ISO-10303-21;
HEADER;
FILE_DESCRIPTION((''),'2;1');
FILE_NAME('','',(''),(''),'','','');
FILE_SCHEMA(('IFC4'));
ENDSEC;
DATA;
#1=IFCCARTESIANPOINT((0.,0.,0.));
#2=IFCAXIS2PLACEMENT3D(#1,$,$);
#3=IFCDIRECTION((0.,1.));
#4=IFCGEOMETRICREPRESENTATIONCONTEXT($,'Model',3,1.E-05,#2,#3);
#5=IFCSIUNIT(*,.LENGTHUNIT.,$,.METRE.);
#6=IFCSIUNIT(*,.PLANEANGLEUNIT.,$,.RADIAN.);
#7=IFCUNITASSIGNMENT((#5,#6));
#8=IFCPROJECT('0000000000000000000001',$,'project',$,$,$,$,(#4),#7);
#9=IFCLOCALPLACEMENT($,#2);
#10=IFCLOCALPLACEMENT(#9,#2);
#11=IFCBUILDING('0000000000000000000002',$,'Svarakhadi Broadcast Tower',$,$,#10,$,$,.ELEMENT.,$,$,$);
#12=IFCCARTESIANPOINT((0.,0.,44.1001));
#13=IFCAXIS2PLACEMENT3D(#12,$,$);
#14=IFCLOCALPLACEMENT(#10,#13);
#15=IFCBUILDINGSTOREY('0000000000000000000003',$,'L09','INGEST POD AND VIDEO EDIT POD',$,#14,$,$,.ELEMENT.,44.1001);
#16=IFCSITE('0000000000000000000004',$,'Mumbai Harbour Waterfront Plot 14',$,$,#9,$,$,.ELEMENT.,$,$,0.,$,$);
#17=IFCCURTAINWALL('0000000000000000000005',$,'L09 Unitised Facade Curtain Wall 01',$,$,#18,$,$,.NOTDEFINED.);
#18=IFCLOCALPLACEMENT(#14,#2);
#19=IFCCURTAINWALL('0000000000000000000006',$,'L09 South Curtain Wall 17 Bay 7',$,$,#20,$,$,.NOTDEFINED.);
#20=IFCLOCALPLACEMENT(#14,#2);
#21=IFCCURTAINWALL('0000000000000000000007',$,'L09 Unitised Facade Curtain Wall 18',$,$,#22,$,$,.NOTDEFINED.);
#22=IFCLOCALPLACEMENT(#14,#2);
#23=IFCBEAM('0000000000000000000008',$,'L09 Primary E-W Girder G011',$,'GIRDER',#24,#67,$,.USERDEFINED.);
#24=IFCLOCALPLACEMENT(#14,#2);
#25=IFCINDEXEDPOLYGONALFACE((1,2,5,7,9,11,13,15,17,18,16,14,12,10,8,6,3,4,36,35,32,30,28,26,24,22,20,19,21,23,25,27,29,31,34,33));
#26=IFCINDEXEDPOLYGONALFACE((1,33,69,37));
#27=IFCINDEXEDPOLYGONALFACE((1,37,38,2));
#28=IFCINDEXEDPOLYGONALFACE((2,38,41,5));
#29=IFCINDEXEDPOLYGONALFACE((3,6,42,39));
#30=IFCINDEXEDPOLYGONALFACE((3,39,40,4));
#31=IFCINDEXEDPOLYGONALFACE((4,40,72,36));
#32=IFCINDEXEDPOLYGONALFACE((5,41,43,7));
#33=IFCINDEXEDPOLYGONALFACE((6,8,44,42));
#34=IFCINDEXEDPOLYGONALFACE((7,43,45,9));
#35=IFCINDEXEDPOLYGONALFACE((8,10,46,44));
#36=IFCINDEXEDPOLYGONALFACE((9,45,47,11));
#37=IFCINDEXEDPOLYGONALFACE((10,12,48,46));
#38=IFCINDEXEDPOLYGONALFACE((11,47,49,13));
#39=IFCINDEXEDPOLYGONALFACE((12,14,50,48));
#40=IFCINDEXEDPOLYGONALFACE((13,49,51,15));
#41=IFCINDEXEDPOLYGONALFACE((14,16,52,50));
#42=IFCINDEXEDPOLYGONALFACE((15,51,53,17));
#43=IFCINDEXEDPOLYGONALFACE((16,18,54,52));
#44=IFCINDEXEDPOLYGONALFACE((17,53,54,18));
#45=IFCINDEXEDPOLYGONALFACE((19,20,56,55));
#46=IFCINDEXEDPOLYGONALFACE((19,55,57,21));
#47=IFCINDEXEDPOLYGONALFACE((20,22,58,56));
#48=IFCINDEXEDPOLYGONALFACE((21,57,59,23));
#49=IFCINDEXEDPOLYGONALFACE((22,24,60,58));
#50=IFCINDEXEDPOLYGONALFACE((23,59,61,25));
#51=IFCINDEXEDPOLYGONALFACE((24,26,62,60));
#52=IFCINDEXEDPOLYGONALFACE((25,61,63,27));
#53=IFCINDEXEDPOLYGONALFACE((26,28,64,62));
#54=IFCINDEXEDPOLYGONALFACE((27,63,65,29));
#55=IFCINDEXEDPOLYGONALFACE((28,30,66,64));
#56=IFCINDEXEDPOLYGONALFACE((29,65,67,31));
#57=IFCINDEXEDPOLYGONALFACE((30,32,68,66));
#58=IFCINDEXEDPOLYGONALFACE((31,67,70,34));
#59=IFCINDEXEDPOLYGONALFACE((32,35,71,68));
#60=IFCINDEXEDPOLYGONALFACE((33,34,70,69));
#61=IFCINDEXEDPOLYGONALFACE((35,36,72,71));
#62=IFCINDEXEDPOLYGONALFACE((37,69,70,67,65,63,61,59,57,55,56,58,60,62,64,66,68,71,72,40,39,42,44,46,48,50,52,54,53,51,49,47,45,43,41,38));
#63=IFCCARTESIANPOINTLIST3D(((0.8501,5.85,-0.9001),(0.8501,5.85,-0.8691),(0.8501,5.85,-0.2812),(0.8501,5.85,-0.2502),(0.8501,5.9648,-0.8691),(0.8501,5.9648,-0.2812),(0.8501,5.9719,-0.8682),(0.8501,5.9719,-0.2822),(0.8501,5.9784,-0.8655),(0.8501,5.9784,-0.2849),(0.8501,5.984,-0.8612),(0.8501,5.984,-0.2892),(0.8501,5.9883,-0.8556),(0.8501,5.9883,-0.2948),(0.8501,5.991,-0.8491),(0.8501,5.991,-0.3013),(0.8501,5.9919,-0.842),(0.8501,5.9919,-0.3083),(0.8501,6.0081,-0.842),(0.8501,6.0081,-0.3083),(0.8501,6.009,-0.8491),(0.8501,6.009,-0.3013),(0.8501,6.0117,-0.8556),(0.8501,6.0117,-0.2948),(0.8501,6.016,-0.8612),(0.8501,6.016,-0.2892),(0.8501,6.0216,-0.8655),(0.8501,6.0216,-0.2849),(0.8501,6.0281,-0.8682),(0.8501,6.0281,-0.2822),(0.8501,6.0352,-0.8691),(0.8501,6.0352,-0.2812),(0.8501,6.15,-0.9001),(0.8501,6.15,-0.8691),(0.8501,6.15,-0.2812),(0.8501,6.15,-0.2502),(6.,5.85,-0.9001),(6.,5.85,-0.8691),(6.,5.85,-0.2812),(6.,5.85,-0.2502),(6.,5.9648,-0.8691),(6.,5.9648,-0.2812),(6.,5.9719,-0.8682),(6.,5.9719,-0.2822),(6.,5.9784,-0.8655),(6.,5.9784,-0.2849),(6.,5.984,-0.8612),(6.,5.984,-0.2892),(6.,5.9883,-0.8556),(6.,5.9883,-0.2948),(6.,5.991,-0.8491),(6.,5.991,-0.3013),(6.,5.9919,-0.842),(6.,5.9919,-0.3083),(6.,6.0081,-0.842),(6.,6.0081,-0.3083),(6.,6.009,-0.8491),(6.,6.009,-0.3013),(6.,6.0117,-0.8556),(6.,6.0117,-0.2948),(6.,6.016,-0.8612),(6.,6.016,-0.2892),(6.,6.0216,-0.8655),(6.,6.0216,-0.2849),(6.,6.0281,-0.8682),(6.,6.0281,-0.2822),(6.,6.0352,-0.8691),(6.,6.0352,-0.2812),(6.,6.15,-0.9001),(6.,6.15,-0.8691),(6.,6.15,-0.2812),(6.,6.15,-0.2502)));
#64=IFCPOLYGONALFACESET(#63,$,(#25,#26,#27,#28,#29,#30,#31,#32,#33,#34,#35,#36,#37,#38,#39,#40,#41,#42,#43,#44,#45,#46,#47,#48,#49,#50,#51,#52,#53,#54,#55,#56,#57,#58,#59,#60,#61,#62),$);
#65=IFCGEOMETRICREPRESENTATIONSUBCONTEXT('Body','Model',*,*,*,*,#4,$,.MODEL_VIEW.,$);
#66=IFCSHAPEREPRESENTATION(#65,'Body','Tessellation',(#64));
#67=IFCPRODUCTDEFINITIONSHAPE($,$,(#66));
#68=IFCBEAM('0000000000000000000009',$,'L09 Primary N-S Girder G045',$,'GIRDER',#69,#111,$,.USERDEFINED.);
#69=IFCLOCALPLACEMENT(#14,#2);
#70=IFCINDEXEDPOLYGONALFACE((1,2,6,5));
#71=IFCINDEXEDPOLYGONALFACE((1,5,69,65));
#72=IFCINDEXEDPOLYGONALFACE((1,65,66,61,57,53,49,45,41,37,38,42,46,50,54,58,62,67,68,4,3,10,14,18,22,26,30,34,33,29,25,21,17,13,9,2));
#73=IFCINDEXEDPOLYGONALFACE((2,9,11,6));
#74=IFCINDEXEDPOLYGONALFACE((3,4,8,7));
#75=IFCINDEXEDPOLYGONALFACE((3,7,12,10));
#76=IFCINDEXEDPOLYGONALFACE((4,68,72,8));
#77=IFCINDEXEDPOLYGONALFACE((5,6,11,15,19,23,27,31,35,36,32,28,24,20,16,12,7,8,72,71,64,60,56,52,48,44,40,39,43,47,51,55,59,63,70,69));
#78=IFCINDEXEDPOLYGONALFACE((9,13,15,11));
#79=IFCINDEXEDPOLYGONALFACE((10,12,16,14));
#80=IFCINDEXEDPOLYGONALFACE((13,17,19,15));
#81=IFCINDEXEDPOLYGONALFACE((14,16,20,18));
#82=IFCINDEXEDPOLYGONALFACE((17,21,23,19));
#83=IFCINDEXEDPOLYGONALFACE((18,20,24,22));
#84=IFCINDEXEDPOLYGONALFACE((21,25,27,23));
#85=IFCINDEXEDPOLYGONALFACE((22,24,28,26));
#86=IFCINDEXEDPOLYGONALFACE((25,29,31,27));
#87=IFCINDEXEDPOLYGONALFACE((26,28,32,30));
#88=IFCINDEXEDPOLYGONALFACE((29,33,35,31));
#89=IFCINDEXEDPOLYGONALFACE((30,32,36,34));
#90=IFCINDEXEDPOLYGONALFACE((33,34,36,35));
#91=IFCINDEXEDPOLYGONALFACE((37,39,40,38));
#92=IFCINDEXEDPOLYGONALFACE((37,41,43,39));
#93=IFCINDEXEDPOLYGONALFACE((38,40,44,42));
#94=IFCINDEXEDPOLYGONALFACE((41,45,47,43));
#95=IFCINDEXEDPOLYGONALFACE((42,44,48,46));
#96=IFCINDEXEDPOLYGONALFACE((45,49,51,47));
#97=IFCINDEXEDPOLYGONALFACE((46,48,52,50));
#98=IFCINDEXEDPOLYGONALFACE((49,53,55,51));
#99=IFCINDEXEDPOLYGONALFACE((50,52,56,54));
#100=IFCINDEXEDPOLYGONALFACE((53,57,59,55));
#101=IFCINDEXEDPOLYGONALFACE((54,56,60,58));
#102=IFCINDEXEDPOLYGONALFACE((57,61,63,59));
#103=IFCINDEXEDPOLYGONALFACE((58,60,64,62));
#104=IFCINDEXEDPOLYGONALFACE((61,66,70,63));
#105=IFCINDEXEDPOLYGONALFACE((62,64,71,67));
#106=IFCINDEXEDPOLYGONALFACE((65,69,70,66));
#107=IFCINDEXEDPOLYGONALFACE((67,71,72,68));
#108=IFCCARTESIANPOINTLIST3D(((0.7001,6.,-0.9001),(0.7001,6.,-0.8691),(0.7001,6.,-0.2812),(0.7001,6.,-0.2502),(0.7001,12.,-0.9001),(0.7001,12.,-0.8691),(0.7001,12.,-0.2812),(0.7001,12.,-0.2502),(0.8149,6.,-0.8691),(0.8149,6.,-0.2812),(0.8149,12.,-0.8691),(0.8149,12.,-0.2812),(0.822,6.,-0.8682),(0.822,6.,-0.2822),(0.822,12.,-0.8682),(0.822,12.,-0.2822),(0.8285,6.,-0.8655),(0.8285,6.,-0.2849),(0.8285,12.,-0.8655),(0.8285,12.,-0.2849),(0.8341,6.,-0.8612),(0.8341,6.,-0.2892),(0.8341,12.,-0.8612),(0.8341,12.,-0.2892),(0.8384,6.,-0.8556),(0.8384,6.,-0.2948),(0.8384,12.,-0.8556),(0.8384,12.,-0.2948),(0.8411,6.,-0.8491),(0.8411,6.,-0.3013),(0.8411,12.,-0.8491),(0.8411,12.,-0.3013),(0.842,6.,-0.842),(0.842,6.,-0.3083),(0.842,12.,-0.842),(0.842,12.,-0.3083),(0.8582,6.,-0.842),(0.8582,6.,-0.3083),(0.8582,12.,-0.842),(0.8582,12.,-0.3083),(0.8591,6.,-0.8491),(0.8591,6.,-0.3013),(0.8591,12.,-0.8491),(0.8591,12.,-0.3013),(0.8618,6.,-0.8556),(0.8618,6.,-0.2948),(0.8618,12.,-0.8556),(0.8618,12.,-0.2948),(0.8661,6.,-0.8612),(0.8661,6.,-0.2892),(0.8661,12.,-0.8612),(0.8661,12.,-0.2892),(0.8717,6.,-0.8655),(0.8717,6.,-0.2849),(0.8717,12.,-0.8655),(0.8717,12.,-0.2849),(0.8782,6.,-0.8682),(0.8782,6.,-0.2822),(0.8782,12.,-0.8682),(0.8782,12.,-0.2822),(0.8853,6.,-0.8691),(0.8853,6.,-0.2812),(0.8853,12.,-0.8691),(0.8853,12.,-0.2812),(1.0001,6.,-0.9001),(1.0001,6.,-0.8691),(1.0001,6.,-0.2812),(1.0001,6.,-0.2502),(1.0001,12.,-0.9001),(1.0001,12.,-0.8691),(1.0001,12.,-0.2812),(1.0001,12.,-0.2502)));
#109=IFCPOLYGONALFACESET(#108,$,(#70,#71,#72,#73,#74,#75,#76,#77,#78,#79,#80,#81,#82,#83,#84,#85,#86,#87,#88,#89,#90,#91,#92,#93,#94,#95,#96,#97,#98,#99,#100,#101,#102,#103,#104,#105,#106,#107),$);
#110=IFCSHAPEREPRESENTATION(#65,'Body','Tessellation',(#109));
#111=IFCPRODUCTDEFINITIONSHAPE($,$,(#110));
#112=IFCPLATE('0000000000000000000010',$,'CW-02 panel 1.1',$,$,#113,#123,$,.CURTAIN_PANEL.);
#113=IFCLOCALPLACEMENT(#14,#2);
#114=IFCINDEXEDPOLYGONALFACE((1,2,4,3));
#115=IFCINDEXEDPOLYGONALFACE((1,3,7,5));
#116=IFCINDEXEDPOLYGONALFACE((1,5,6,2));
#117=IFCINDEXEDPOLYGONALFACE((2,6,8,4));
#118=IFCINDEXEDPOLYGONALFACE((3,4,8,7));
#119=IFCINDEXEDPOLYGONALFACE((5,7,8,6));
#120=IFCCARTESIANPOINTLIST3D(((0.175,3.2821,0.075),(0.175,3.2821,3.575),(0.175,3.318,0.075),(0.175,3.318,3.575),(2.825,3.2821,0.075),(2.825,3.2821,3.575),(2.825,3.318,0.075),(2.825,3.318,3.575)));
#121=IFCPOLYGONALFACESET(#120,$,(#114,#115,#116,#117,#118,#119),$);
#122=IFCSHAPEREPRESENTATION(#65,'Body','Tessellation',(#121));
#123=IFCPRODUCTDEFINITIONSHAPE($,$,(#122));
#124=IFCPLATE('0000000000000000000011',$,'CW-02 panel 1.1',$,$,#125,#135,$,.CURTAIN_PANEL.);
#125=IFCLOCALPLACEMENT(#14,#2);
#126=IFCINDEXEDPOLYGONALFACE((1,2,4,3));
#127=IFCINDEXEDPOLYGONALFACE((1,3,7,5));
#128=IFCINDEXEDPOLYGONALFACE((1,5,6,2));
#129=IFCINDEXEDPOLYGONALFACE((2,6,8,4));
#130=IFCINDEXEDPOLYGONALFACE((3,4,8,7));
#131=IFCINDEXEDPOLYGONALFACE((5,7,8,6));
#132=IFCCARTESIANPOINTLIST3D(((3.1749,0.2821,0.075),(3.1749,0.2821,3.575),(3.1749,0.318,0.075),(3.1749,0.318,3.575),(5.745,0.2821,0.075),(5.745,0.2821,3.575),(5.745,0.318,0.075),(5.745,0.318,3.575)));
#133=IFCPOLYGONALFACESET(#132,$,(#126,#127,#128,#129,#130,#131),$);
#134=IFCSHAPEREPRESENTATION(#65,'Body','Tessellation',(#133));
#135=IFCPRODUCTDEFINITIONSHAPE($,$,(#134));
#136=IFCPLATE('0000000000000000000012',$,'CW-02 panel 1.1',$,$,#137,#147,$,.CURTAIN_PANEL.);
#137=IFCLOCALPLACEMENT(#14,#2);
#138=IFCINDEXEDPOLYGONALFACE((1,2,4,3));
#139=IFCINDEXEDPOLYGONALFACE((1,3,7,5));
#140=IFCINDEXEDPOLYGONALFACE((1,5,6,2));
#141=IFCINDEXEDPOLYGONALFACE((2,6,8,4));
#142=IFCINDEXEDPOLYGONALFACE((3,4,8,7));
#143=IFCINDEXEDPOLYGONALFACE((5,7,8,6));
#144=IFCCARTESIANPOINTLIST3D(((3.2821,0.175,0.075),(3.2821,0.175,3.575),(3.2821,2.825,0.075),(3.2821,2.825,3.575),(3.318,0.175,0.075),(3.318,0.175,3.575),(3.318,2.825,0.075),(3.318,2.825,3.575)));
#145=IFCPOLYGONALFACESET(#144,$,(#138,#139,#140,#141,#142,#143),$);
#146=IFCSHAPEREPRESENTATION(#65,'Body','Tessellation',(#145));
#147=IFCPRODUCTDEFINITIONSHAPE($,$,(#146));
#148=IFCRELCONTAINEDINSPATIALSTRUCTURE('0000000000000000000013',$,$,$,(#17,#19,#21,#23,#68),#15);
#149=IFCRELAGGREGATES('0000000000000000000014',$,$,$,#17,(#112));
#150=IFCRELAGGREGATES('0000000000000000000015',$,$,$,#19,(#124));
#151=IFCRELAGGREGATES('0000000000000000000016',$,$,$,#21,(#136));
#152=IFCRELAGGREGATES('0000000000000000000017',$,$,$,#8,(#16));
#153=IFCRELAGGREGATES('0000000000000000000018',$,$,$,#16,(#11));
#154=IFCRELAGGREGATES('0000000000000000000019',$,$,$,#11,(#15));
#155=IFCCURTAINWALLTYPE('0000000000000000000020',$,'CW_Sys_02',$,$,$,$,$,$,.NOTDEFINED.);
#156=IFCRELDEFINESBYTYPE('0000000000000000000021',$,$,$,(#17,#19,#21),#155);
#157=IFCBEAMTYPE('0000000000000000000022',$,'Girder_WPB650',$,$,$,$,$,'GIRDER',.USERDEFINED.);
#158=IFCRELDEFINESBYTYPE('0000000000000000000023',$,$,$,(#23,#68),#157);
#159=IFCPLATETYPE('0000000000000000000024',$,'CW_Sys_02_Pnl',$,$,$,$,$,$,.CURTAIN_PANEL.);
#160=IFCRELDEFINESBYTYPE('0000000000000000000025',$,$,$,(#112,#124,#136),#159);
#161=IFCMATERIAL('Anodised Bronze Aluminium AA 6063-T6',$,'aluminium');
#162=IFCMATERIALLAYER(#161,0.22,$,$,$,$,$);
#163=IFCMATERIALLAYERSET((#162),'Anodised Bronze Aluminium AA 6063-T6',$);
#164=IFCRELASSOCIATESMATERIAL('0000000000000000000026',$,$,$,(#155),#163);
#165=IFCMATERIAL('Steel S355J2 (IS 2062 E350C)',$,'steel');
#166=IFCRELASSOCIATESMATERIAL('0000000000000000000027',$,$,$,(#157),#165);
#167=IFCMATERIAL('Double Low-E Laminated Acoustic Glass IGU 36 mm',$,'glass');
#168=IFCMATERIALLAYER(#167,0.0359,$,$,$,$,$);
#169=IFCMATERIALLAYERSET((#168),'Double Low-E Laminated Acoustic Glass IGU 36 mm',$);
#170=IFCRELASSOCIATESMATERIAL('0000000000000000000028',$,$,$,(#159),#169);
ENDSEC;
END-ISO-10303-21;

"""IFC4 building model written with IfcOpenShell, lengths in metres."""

from ifc_helpers import new_model, si_unit, direction, frame, origin, origin_2d, place, context, subcontext, project, spatial, rectangle, i_section, extrude, material, layer, layer_set, material_profile, profile_set, type_object, element, aggregate, save


model = new_model("IFC4")

# Units and contexts
model_context = context("Model", 3, precision=1e-05, world=origin(), true_north=direction((0.0, 1.0)))
body_context = subcontext(model_context, "Body", "Model", "MODEL_VIEW")
ifc_project = project(units=[si_unit("LENGTHUNIT", "METRE"), si_unit("PLANEANGLEUNIT", "RADIAN")], contexts=[model_context])

# Site, building, storey
site_placement = place(None, origin())
site = spatial("IfcSite", under=ifc_project, at=site_placement, Name="Mumbai Harbour Waterfront Plot 14", CompositionType="ELEMENT", RefElevation=0.0)
building_placement = place(site_placement, origin())
building = spatial("IfcBuilding", under=site, at=building_placement, Name="Svarakhadi Broadcast Tower", CompositionType="ELEMENT")
storey_placement = place(building_placement, frame((0.0, 0.0, 44.1001)))
storey = spatial("IfcBuildingStorey", under=building, at=storey_placement, Name="L09", Description="INGEST POD AND VIDEO EDIT POD", CompositionType="ELEMENT", Elevation=44.1001)

# Curtain wall
ifc_material_1 = material(Name="Anodised Bronze Aluminium AA 6063-T6", Category="aluminium")
ifc_layer_1 = layer(ifc_material_1, 0.22)
ifc_layer_set_1 = layer_set([ifc_layer_1], Name="Anodised Bronze Aluminium AA 6063-T6")
curtain_wall_type = type_object("IfcCurtainWallType", Name="CW_Sys_02", PredefinedType="NOTDEFINED", material=ifc_layer_set_1)
curtain_wall_1_placement = place(storey_placement, origin())
curtain_wall_1 = element("IfcCurtainWall", 1, at=curtain_wall_1_placement, inside=storey, type_object=curtain_wall_type, Name="L09 Unitised Facade Curtain Wall 01", PredefinedType="NOTDEFINED")

# Curtain walls
curtain_wall_2_placement = place(storey_placement, origin())
curtain_wall_2 = element("IfcCurtainWall", 2, at=curtain_wall_2_placement, inside=storey, type_object=curtain_wall_type, Name="L09 South Curtain Wall 17 Bay 7", PredefinedType="NOTDEFINED")
curtain_wall_3_placement = place(storey_placement, origin())
curtain_wall_3 = element("IfcCurtainWall", 3, at=curtain_wall_3_placement, inside=storey, type_object=curtain_wall_type, Name="L09 Unitised Facade Curtain Wall 18", PredefinedType="NOTDEFINED")

# Beams
ifc_material_2 = material(Name="Steel S355J2 (IS 2062 E350C)", Category="steel")
ifc_material_profile_1 = material_profile(ifc_material_2, i_section(OverallWidth=0.3, OverallDepth=0.6499, WebThickness=0.0161, FlangeThickness=0.031, FilletRadius=0.0271, at=origin_2d()), Name="WPB 650x300x225")
ifc_profile_set_1 = profile_set([ifc_material_profile_1], Name="Steel S355J2 (IS 2062 E350C)")
beam_type = type_object("IfcBeamType", Name="Girder_WPB650", ElementType="GIRDER", PredefinedType="USERDEFINED", material=ifc_profile_set_1)
beam_1_placement = place(storey_placement, frame((0.8501, 6.0, -0.5752), z_axis=(1.0, 0.0, 0.0), x_axis=(0.0, 1.0, 0.0)))
element("IfcBeam", 4, at=beam_1_placement, inside=storey, type_object=beam_type, Name="L09 Primary E-W Girder G011", ObjectType="GIRDER", PredefinedType="USERDEFINED", context=body_context, shape_type="SweptSolid", body=[
    extrude(i_section(OverallWidth=0.3, OverallDepth=0.6499, WebThickness=0.0161, FlangeThickness=0.031, FilletRadius=0.0271, at=origin_2d()), origin(), (0.0, 0.0, 1.0), 5.1499),
])
beam_2_placement = place(storey_placement, frame((0.8501, 6.0, -0.5752), z_axis=(0.0, 1.0, 0.0), x_axis=(-1.0, 0.0, 0.0)))
element("IfcBeam", 5, at=beam_2_placement, inside=storey, type_object=beam_type, Name="L09 Primary N-S Girder G045", ObjectType="GIRDER", PredefinedType="USERDEFINED", context=body_context, shape_type="SweptSolid", body=[
    extrude(i_section(OverallWidth=0.3, OverallDepth=0.6499, WebThickness=0.0161, FlangeThickness=0.031, FilletRadius=0.0271, at=origin_2d()), origin(), (0.0, 0.0, 1.0), 6.0),
])

# Plates
ifc_material_3 = material(Name="Double Low-E Laminated Acoustic Glass IGU 36 mm", Category="glass")
ifc_layer_2 = layer(ifc_material_3, 0.0359)
ifc_layer_set_2 = layer_set([ifc_layer_2], Name="Double Low-E Laminated Acoustic Glass IGU 36 mm")
plate_type = type_object("IfcPlateType", Name="CW_Sys_02_Pnl", PredefinedType="CURTAIN_PANEL", material=ifc_layer_set_2)
plate_1_placement = place(storey_placement, frame((1.5, 3.3, 0.075), z_axis=(0.0, 0.0, 1.0), x_axis=(-1.0, 0.0, 0.0)))
plate_1 = element("IfcPlate", 6, at=plate_1_placement, type_object=plate_type, Name="CW-02 panel 1.1", PredefinedType="CURTAIN_PANEL", context=body_context, shape_type="SweptSolid", body=[
    extrude(rectangle(XDim=2.6499, YDim=0.0359, at=origin_2d()), origin(), (0.0, 0.0, 1.0), 3.5),
])
aggregate(curtain_wall_1, [plate_1])
plate_2_placement = place(storey_placement, frame((4.46, 0.3, 0.075), z_axis=(0.0, 0.0, 1.0), x_axis=(-1.0, 0.0, 0.0)))
plate_2 = element("IfcPlate", 7, at=plate_2_placement, type_object=plate_type, Name="CW-02 panel 1.1", PredefinedType="CURTAIN_PANEL", context=body_context, shape_type="SweptSolid", body=[
    extrude(rectangle(XDim=2.5701, YDim=0.0359, at=origin_2d()), origin(), (0.0, 0.0, 1.0), 3.5),
])
aggregate(curtain_wall_2, [plate_2])
plate_3_placement = place(storey_placement, frame((3.3, 1.5, 0.075), z_axis=(0.0, 0.0, 1.0), x_axis=(0.0, 1.0, 0.0)))
plate_3 = element("IfcPlate", 8, at=plate_3_placement, type_object=plate_type, Name="CW-02 panel 1.1", PredefinedType="CURTAIN_PANEL", context=body_context, shape_type="SweptSolid", body=[
    extrude(rectangle(XDim=2.6499, YDim=0.0359, at=origin_2d()), origin(), (0.0, 0.0, 1.0), 3.5),
])
aggregate(curtain_wall_3, [plate_3])

save(model, "model.ifc")
